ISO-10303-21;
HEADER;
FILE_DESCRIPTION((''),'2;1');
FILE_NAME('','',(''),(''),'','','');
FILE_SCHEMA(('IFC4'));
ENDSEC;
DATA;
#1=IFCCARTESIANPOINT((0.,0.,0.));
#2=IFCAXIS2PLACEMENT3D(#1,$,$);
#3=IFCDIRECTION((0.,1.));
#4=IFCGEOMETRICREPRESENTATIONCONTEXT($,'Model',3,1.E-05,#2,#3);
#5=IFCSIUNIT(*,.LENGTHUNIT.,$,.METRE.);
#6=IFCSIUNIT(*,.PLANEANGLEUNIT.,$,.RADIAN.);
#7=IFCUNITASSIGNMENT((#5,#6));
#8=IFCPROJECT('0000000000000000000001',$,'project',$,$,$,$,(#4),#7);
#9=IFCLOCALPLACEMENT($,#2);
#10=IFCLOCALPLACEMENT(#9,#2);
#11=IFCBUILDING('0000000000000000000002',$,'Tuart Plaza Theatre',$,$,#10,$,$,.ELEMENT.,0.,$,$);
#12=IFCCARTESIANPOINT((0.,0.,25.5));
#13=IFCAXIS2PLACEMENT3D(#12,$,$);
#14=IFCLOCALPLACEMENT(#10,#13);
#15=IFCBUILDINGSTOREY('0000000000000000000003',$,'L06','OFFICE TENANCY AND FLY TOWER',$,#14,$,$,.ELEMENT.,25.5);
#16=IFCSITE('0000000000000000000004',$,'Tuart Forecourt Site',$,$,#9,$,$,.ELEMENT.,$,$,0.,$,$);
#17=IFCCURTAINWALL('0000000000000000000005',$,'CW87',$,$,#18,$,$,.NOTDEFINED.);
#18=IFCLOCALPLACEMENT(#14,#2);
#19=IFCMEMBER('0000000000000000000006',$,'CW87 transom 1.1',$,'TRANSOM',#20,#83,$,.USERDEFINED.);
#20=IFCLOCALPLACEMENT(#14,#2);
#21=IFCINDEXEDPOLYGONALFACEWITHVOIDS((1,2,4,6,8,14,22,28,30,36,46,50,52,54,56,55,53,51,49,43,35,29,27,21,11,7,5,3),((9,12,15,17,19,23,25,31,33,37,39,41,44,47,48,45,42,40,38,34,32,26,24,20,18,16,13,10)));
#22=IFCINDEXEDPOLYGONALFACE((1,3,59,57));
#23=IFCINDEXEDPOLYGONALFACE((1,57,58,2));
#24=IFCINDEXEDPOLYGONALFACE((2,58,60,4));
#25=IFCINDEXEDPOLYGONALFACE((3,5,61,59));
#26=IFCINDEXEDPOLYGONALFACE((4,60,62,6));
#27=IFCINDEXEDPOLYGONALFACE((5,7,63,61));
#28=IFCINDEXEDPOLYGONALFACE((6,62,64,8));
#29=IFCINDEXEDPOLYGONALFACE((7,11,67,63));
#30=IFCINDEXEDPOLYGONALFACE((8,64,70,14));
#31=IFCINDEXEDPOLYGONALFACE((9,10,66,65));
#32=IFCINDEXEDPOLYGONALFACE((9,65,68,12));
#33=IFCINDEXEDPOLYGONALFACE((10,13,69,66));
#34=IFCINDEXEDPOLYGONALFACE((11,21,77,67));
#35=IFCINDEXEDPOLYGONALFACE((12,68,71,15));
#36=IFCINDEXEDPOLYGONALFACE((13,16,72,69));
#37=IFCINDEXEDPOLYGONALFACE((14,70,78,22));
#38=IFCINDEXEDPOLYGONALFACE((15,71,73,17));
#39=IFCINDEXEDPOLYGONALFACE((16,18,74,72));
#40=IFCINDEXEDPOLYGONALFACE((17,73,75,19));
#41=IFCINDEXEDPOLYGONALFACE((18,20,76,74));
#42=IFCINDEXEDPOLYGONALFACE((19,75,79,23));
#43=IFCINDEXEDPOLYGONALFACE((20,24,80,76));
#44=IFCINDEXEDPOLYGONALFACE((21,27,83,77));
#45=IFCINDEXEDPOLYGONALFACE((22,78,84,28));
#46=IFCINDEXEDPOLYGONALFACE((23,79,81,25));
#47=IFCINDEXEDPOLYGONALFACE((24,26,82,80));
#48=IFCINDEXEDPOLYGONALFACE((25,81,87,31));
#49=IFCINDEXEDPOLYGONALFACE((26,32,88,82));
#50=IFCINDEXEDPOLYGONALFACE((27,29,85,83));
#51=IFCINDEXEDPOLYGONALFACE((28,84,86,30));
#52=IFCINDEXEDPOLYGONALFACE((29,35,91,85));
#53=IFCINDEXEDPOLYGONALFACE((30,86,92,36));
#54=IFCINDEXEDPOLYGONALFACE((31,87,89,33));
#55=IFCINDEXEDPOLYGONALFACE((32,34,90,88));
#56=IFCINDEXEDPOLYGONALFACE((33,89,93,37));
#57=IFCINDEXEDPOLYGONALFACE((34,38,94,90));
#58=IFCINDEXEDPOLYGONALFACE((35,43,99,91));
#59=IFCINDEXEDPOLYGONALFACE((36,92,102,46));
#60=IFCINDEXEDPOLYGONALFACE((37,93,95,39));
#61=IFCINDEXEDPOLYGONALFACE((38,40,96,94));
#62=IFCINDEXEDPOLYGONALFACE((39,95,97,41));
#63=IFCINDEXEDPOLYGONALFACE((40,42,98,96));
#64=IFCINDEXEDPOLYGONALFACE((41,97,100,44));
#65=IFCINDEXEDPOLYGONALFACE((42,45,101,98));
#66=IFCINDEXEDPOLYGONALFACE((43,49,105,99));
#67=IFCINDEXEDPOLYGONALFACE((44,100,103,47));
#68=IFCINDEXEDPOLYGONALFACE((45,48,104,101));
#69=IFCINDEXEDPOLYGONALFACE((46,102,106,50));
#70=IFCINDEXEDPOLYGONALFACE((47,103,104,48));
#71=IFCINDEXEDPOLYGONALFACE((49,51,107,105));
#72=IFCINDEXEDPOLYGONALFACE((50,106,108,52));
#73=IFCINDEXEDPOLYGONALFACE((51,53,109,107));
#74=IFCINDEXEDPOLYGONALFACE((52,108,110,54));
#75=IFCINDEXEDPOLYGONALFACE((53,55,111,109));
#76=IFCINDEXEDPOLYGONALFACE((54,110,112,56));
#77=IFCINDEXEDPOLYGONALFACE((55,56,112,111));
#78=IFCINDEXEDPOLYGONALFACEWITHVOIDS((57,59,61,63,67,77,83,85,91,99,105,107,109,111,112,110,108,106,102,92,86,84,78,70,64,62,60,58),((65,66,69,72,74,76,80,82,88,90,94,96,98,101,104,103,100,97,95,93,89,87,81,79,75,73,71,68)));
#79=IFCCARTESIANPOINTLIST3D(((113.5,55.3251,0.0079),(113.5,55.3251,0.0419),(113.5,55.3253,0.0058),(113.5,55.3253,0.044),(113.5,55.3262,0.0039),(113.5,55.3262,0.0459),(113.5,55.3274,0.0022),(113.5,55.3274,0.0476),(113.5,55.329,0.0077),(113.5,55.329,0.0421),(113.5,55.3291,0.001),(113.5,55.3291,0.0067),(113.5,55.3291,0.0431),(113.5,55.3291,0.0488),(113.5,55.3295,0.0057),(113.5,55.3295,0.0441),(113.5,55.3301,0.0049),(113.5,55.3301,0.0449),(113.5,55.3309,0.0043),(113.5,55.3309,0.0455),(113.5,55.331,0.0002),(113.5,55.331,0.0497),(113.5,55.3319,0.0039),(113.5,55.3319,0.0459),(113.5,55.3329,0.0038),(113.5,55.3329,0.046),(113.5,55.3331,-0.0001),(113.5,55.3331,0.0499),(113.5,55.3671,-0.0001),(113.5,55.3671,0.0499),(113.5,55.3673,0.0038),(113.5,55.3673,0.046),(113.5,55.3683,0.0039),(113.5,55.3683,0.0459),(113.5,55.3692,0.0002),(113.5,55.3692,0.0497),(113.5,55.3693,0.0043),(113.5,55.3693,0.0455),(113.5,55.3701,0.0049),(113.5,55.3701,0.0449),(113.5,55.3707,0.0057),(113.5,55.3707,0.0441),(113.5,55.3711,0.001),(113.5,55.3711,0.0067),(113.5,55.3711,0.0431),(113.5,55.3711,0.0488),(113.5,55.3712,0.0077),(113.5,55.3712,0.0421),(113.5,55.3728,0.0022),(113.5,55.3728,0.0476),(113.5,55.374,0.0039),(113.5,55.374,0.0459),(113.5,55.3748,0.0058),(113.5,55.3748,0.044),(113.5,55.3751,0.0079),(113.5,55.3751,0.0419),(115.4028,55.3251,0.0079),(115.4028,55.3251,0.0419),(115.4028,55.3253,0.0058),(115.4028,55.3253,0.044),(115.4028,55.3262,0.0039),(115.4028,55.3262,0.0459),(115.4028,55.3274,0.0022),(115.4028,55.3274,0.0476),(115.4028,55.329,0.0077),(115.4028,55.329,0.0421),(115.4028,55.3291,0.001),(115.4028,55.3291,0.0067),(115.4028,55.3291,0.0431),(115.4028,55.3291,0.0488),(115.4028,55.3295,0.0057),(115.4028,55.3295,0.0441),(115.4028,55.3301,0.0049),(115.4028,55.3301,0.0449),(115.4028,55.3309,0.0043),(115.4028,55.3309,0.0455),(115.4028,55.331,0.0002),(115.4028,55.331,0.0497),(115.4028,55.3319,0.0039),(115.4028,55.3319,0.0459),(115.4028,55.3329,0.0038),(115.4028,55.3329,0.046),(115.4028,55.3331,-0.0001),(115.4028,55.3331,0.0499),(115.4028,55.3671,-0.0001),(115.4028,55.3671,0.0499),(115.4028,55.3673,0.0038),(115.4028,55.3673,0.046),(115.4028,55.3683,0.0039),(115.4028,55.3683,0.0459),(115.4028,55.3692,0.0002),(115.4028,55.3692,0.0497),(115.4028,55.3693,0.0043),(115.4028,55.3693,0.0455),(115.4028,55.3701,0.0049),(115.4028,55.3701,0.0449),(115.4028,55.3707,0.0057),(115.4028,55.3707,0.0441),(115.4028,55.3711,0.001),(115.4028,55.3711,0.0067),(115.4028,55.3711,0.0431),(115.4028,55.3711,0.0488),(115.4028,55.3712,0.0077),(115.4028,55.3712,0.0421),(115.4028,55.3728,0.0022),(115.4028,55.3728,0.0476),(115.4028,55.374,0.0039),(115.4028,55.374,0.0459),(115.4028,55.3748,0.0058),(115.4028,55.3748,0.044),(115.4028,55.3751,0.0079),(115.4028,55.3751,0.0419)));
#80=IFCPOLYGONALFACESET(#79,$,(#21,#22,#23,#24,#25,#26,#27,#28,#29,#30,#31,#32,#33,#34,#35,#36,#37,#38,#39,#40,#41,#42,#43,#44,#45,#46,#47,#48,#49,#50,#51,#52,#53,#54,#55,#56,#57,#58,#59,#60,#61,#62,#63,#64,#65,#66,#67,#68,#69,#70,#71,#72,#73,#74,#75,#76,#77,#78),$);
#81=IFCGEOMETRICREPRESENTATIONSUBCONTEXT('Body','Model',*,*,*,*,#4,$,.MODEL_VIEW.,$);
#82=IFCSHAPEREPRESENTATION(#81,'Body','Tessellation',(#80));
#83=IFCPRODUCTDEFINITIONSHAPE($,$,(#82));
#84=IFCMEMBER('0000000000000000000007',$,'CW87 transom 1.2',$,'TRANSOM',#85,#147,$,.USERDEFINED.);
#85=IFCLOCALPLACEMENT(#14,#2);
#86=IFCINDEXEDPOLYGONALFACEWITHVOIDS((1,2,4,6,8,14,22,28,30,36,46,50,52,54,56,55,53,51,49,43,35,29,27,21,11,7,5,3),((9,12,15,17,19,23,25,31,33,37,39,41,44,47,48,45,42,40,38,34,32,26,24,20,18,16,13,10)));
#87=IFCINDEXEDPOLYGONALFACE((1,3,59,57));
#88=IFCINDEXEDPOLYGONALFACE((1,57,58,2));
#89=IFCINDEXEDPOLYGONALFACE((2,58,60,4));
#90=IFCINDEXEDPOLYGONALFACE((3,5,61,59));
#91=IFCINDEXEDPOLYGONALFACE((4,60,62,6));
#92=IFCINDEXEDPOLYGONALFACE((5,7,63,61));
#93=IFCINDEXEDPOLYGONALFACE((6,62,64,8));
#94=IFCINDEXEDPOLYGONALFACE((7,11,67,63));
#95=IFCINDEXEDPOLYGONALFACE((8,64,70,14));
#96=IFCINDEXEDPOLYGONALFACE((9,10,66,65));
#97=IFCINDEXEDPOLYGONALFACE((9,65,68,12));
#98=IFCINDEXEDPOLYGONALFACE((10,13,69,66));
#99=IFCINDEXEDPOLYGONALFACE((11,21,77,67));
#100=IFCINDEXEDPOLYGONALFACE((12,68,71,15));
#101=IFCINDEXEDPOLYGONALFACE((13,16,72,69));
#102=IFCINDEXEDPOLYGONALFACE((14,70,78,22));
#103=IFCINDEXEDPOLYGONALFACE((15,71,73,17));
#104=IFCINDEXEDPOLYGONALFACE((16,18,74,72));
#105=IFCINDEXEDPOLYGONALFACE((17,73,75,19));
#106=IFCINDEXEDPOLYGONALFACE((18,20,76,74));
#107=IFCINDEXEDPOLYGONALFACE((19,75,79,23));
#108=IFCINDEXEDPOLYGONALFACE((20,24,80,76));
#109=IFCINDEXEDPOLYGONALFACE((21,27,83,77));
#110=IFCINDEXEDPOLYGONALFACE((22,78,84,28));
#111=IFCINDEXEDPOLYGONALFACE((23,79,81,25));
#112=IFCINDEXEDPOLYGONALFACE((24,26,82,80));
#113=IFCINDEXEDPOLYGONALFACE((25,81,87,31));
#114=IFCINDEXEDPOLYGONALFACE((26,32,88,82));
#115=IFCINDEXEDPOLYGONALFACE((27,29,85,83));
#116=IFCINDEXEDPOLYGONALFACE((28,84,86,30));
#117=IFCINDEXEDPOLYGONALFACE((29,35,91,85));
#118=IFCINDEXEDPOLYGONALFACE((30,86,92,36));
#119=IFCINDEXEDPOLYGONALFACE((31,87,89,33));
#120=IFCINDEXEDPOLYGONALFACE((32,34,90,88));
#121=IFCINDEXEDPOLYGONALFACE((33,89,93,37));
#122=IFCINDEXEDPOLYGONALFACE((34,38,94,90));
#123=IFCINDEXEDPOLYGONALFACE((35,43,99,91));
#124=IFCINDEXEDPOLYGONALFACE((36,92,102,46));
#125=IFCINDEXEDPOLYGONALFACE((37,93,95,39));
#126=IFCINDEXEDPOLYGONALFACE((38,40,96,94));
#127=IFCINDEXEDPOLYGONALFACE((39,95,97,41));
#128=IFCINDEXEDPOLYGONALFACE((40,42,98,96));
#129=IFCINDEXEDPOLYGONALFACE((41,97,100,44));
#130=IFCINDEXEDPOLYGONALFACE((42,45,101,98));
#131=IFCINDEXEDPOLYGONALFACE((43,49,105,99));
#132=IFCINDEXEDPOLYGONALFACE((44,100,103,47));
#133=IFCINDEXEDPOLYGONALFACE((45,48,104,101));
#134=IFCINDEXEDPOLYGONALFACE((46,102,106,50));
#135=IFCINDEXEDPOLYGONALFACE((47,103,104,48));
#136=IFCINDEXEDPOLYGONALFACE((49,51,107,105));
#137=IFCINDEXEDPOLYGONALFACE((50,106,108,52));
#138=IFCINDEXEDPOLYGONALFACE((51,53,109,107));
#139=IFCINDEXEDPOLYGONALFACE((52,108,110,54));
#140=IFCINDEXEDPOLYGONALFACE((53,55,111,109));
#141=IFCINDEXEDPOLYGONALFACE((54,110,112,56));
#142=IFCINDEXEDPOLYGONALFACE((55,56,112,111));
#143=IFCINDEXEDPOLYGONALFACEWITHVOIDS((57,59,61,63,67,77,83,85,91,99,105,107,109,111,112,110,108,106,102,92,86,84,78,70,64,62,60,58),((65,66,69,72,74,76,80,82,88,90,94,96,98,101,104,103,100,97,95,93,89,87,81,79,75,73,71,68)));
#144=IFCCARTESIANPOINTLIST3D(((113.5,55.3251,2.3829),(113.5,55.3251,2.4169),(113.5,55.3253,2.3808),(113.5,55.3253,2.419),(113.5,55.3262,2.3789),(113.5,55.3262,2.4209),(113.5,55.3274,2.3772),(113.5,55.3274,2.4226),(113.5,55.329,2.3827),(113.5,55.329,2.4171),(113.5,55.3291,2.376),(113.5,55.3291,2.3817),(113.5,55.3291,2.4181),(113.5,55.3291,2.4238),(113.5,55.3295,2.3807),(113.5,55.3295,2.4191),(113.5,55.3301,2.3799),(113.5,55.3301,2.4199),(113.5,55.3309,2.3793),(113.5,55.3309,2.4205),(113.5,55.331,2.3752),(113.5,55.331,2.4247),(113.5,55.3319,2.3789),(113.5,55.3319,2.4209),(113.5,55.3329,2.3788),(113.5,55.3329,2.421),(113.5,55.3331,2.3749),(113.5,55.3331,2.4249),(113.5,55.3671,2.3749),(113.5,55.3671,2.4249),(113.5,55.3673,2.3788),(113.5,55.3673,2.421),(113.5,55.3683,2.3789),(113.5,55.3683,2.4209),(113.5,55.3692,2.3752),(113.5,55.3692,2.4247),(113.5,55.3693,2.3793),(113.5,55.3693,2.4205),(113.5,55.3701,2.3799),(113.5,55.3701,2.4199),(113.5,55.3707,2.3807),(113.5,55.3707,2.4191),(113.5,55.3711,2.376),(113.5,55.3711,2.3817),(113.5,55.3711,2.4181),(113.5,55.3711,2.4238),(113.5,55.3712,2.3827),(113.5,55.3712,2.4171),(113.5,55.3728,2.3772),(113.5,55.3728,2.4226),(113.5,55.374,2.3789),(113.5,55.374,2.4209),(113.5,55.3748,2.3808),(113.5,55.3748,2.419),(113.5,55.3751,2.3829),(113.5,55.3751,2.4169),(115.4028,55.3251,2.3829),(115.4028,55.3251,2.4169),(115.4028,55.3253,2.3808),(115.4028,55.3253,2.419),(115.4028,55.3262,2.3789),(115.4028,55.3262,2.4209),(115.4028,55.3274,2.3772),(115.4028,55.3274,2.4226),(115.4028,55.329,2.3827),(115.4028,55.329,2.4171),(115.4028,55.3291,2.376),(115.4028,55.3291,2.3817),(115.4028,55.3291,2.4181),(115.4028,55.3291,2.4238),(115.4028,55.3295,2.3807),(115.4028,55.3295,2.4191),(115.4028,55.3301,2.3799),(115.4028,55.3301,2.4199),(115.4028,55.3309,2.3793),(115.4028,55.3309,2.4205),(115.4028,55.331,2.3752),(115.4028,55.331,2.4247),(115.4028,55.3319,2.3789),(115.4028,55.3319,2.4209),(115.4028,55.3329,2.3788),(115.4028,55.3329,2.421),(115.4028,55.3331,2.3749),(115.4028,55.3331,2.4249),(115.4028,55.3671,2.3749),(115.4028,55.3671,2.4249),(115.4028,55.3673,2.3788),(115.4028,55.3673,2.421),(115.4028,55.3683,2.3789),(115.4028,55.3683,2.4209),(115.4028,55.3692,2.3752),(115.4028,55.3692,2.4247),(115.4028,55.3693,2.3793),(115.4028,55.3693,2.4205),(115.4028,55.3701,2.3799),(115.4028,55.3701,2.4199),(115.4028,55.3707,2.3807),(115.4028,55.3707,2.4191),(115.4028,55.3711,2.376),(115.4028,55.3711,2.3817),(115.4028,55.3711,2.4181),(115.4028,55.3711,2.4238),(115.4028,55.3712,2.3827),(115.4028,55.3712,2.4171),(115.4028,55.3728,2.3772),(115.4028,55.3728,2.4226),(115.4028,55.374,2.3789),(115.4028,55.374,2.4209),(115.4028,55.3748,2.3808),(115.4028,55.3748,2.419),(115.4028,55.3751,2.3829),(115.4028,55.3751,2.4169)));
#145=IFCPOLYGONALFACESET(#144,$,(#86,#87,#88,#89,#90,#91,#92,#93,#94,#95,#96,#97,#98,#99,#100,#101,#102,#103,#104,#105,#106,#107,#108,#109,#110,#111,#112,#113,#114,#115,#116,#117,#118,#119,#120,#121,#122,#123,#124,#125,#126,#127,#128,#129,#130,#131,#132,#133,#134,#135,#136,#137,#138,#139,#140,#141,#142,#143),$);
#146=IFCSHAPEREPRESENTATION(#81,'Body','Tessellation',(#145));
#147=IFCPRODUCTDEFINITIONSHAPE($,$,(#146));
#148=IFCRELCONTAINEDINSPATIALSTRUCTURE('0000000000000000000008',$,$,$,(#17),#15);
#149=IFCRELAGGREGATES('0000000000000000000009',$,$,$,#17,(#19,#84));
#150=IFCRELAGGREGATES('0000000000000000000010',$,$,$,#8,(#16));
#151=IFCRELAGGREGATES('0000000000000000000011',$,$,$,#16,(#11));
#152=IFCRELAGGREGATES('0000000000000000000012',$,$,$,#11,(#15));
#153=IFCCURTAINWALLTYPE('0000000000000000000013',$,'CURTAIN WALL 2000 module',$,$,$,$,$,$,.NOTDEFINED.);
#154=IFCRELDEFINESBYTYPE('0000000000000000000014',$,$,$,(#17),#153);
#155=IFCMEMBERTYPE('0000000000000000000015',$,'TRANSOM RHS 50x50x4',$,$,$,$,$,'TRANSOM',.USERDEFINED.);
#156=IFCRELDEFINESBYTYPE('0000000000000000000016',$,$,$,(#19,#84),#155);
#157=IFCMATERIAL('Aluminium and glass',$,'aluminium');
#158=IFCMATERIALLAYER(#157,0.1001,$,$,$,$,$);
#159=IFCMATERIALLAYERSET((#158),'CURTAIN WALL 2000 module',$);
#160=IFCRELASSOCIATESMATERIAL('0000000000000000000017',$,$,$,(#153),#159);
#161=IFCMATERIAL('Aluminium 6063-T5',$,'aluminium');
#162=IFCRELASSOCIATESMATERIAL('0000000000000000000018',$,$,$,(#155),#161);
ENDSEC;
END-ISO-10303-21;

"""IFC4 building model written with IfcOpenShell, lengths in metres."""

from ifc_helpers import new_model, si_unit, direction, frame, origin, origin_2d, place, context, subcontext, project, spatial, hollow_rectangle, extrude, material, layer, layer_set, material_profile, profile_set, type_object, element, aggregate, save


model = new_model("IFC4")

# Units and contexts
model_context = context("Model", 3, precision=1e-05, world=origin(), true_north=direction((0.0, 1.0)))
body_context = subcontext(model_context, "Body", "Model", "MODEL_VIEW")
ifc_project = project(units=[si_unit("LENGTHUNIT", "METRE"), si_unit("PLANEANGLEUNIT", "RADIAN")], contexts=[model_context])

# Site, building, storey
site_placement = place(None, origin())
site = spatial("IfcSite", under=ifc_project, at=site_placement, Name="Tuart Forecourt Site", CompositionType="ELEMENT", RefElevation=0.0)
building_placement = place(site_placement, origin())
building = spatial("IfcBuilding", under=site, at=building_placement, Name="Tuart Plaza Theatre", CompositionType="ELEMENT", ElevationOfRefHeight=0.0)
storey_placement = place(building_placement, frame((0.0, 0.0, 25.5)))
storey = spatial("IfcBuildingStorey", under=building, at=storey_placement, Name="L06", Description="OFFICE TENANCY AND FLY TOWER", CompositionType="ELEMENT", Elevation=25.5)

# Curtain wall
ifc_material_1 = material(Name="Aluminium and glass", Category="aluminium")
ifc_layer_1 = layer(ifc_material_1, 0.1001)
ifc_layer_set_1 = layer_set([ifc_layer_1], Name="CURTAIN WALL 2000 module")
curtain_wall_type = type_object("IfcCurtainWallType", Name="CURTAIN WALL 2000 module", PredefinedType="NOTDEFINED", material=ifc_layer_set_1)
curtain_wall_1_placement = place(storey_placement, origin())
curtain_wall_1 = element("IfcCurtainWall", 1, at=curtain_wall_1_placement, inside=storey, type_object=curtain_wall_type, Name="CW87", PredefinedType="NOTDEFINED")
ifc_material_2 = material(Name="Aluminium 6063-T5", Category="aluminium")
ifc_material_profile_1 = material_profile(ifc_material_2, hollow_rectangle(XDim=0.05, YDim=0.05, WallThickness=0.0039, InnerFilletRadius=0.0039, OuterFilletRadius=0.0081, at=origin_2d()), Name="RHS 50x50x4")
ifc_profile_set_1 = profile_set([ifc_material_profile_1], Name="Aluminium 6063-T5")
member_type_1 = type_object("IfcMemberType", Name="TRANSOM RHS 50x50x4", ElementType="TRANSOM", PredefinedType="USERDEFINED", material=ifc_profile_set_1)

# Members
member_1_placement = place(storey_placement, frame((113.5, 55.3501, 0.0249), z_axis=(1.0, 0.0, 0.0), x_axis=(0.0, 1.0, 0.0)))
member_1 = element("IfcMember", 2, at=member_1_placement, type_object=member_type_1, Name="CW87 transom 1.1", ObjectType="TRANSOM", PredefinedType="USERDEFINED", context=body_context, shape_type="SweptSolid", body=[
    extrude(hollow_rectangle(XDim=0.05, YDim=0.05, WallThickness=0.0039, InnerFilletRadius=0.0039, OuterFilletRadius=0.0081, at=origin_2d()), origin(), (0.0, 0.0, 1.0), 1.9028),
])
member_2_placement = place(storey_placement, frame((113.5, 55.3501, 2.3999), z_axis=(1.0, 0.0, 0.0), x_axis=(0.0, 1.0, 0.0)))
member_2 = element("IfcMember", 3, at=member_2_placement, type_object=member_type_1, Name="CW87 transom 1.2", ObjectType="TRANSOM", PredefinedType="USERDEFINED", context=body_context, shape_type="SweptSolid", body=[
    extrude(hollow_rectangle(XDim=0.05, YDim=0.05, WallThickness=0.0039, InnerFilletRadius=0.0039, OuterFilletRadius=0.0081, at=origin_2d()), origin(), (0.0, 0.0, 1.0), 1.9028),
])

aggregate(curtain_wall_1, [member_1, member_2])

save(model, "model.ifc")
